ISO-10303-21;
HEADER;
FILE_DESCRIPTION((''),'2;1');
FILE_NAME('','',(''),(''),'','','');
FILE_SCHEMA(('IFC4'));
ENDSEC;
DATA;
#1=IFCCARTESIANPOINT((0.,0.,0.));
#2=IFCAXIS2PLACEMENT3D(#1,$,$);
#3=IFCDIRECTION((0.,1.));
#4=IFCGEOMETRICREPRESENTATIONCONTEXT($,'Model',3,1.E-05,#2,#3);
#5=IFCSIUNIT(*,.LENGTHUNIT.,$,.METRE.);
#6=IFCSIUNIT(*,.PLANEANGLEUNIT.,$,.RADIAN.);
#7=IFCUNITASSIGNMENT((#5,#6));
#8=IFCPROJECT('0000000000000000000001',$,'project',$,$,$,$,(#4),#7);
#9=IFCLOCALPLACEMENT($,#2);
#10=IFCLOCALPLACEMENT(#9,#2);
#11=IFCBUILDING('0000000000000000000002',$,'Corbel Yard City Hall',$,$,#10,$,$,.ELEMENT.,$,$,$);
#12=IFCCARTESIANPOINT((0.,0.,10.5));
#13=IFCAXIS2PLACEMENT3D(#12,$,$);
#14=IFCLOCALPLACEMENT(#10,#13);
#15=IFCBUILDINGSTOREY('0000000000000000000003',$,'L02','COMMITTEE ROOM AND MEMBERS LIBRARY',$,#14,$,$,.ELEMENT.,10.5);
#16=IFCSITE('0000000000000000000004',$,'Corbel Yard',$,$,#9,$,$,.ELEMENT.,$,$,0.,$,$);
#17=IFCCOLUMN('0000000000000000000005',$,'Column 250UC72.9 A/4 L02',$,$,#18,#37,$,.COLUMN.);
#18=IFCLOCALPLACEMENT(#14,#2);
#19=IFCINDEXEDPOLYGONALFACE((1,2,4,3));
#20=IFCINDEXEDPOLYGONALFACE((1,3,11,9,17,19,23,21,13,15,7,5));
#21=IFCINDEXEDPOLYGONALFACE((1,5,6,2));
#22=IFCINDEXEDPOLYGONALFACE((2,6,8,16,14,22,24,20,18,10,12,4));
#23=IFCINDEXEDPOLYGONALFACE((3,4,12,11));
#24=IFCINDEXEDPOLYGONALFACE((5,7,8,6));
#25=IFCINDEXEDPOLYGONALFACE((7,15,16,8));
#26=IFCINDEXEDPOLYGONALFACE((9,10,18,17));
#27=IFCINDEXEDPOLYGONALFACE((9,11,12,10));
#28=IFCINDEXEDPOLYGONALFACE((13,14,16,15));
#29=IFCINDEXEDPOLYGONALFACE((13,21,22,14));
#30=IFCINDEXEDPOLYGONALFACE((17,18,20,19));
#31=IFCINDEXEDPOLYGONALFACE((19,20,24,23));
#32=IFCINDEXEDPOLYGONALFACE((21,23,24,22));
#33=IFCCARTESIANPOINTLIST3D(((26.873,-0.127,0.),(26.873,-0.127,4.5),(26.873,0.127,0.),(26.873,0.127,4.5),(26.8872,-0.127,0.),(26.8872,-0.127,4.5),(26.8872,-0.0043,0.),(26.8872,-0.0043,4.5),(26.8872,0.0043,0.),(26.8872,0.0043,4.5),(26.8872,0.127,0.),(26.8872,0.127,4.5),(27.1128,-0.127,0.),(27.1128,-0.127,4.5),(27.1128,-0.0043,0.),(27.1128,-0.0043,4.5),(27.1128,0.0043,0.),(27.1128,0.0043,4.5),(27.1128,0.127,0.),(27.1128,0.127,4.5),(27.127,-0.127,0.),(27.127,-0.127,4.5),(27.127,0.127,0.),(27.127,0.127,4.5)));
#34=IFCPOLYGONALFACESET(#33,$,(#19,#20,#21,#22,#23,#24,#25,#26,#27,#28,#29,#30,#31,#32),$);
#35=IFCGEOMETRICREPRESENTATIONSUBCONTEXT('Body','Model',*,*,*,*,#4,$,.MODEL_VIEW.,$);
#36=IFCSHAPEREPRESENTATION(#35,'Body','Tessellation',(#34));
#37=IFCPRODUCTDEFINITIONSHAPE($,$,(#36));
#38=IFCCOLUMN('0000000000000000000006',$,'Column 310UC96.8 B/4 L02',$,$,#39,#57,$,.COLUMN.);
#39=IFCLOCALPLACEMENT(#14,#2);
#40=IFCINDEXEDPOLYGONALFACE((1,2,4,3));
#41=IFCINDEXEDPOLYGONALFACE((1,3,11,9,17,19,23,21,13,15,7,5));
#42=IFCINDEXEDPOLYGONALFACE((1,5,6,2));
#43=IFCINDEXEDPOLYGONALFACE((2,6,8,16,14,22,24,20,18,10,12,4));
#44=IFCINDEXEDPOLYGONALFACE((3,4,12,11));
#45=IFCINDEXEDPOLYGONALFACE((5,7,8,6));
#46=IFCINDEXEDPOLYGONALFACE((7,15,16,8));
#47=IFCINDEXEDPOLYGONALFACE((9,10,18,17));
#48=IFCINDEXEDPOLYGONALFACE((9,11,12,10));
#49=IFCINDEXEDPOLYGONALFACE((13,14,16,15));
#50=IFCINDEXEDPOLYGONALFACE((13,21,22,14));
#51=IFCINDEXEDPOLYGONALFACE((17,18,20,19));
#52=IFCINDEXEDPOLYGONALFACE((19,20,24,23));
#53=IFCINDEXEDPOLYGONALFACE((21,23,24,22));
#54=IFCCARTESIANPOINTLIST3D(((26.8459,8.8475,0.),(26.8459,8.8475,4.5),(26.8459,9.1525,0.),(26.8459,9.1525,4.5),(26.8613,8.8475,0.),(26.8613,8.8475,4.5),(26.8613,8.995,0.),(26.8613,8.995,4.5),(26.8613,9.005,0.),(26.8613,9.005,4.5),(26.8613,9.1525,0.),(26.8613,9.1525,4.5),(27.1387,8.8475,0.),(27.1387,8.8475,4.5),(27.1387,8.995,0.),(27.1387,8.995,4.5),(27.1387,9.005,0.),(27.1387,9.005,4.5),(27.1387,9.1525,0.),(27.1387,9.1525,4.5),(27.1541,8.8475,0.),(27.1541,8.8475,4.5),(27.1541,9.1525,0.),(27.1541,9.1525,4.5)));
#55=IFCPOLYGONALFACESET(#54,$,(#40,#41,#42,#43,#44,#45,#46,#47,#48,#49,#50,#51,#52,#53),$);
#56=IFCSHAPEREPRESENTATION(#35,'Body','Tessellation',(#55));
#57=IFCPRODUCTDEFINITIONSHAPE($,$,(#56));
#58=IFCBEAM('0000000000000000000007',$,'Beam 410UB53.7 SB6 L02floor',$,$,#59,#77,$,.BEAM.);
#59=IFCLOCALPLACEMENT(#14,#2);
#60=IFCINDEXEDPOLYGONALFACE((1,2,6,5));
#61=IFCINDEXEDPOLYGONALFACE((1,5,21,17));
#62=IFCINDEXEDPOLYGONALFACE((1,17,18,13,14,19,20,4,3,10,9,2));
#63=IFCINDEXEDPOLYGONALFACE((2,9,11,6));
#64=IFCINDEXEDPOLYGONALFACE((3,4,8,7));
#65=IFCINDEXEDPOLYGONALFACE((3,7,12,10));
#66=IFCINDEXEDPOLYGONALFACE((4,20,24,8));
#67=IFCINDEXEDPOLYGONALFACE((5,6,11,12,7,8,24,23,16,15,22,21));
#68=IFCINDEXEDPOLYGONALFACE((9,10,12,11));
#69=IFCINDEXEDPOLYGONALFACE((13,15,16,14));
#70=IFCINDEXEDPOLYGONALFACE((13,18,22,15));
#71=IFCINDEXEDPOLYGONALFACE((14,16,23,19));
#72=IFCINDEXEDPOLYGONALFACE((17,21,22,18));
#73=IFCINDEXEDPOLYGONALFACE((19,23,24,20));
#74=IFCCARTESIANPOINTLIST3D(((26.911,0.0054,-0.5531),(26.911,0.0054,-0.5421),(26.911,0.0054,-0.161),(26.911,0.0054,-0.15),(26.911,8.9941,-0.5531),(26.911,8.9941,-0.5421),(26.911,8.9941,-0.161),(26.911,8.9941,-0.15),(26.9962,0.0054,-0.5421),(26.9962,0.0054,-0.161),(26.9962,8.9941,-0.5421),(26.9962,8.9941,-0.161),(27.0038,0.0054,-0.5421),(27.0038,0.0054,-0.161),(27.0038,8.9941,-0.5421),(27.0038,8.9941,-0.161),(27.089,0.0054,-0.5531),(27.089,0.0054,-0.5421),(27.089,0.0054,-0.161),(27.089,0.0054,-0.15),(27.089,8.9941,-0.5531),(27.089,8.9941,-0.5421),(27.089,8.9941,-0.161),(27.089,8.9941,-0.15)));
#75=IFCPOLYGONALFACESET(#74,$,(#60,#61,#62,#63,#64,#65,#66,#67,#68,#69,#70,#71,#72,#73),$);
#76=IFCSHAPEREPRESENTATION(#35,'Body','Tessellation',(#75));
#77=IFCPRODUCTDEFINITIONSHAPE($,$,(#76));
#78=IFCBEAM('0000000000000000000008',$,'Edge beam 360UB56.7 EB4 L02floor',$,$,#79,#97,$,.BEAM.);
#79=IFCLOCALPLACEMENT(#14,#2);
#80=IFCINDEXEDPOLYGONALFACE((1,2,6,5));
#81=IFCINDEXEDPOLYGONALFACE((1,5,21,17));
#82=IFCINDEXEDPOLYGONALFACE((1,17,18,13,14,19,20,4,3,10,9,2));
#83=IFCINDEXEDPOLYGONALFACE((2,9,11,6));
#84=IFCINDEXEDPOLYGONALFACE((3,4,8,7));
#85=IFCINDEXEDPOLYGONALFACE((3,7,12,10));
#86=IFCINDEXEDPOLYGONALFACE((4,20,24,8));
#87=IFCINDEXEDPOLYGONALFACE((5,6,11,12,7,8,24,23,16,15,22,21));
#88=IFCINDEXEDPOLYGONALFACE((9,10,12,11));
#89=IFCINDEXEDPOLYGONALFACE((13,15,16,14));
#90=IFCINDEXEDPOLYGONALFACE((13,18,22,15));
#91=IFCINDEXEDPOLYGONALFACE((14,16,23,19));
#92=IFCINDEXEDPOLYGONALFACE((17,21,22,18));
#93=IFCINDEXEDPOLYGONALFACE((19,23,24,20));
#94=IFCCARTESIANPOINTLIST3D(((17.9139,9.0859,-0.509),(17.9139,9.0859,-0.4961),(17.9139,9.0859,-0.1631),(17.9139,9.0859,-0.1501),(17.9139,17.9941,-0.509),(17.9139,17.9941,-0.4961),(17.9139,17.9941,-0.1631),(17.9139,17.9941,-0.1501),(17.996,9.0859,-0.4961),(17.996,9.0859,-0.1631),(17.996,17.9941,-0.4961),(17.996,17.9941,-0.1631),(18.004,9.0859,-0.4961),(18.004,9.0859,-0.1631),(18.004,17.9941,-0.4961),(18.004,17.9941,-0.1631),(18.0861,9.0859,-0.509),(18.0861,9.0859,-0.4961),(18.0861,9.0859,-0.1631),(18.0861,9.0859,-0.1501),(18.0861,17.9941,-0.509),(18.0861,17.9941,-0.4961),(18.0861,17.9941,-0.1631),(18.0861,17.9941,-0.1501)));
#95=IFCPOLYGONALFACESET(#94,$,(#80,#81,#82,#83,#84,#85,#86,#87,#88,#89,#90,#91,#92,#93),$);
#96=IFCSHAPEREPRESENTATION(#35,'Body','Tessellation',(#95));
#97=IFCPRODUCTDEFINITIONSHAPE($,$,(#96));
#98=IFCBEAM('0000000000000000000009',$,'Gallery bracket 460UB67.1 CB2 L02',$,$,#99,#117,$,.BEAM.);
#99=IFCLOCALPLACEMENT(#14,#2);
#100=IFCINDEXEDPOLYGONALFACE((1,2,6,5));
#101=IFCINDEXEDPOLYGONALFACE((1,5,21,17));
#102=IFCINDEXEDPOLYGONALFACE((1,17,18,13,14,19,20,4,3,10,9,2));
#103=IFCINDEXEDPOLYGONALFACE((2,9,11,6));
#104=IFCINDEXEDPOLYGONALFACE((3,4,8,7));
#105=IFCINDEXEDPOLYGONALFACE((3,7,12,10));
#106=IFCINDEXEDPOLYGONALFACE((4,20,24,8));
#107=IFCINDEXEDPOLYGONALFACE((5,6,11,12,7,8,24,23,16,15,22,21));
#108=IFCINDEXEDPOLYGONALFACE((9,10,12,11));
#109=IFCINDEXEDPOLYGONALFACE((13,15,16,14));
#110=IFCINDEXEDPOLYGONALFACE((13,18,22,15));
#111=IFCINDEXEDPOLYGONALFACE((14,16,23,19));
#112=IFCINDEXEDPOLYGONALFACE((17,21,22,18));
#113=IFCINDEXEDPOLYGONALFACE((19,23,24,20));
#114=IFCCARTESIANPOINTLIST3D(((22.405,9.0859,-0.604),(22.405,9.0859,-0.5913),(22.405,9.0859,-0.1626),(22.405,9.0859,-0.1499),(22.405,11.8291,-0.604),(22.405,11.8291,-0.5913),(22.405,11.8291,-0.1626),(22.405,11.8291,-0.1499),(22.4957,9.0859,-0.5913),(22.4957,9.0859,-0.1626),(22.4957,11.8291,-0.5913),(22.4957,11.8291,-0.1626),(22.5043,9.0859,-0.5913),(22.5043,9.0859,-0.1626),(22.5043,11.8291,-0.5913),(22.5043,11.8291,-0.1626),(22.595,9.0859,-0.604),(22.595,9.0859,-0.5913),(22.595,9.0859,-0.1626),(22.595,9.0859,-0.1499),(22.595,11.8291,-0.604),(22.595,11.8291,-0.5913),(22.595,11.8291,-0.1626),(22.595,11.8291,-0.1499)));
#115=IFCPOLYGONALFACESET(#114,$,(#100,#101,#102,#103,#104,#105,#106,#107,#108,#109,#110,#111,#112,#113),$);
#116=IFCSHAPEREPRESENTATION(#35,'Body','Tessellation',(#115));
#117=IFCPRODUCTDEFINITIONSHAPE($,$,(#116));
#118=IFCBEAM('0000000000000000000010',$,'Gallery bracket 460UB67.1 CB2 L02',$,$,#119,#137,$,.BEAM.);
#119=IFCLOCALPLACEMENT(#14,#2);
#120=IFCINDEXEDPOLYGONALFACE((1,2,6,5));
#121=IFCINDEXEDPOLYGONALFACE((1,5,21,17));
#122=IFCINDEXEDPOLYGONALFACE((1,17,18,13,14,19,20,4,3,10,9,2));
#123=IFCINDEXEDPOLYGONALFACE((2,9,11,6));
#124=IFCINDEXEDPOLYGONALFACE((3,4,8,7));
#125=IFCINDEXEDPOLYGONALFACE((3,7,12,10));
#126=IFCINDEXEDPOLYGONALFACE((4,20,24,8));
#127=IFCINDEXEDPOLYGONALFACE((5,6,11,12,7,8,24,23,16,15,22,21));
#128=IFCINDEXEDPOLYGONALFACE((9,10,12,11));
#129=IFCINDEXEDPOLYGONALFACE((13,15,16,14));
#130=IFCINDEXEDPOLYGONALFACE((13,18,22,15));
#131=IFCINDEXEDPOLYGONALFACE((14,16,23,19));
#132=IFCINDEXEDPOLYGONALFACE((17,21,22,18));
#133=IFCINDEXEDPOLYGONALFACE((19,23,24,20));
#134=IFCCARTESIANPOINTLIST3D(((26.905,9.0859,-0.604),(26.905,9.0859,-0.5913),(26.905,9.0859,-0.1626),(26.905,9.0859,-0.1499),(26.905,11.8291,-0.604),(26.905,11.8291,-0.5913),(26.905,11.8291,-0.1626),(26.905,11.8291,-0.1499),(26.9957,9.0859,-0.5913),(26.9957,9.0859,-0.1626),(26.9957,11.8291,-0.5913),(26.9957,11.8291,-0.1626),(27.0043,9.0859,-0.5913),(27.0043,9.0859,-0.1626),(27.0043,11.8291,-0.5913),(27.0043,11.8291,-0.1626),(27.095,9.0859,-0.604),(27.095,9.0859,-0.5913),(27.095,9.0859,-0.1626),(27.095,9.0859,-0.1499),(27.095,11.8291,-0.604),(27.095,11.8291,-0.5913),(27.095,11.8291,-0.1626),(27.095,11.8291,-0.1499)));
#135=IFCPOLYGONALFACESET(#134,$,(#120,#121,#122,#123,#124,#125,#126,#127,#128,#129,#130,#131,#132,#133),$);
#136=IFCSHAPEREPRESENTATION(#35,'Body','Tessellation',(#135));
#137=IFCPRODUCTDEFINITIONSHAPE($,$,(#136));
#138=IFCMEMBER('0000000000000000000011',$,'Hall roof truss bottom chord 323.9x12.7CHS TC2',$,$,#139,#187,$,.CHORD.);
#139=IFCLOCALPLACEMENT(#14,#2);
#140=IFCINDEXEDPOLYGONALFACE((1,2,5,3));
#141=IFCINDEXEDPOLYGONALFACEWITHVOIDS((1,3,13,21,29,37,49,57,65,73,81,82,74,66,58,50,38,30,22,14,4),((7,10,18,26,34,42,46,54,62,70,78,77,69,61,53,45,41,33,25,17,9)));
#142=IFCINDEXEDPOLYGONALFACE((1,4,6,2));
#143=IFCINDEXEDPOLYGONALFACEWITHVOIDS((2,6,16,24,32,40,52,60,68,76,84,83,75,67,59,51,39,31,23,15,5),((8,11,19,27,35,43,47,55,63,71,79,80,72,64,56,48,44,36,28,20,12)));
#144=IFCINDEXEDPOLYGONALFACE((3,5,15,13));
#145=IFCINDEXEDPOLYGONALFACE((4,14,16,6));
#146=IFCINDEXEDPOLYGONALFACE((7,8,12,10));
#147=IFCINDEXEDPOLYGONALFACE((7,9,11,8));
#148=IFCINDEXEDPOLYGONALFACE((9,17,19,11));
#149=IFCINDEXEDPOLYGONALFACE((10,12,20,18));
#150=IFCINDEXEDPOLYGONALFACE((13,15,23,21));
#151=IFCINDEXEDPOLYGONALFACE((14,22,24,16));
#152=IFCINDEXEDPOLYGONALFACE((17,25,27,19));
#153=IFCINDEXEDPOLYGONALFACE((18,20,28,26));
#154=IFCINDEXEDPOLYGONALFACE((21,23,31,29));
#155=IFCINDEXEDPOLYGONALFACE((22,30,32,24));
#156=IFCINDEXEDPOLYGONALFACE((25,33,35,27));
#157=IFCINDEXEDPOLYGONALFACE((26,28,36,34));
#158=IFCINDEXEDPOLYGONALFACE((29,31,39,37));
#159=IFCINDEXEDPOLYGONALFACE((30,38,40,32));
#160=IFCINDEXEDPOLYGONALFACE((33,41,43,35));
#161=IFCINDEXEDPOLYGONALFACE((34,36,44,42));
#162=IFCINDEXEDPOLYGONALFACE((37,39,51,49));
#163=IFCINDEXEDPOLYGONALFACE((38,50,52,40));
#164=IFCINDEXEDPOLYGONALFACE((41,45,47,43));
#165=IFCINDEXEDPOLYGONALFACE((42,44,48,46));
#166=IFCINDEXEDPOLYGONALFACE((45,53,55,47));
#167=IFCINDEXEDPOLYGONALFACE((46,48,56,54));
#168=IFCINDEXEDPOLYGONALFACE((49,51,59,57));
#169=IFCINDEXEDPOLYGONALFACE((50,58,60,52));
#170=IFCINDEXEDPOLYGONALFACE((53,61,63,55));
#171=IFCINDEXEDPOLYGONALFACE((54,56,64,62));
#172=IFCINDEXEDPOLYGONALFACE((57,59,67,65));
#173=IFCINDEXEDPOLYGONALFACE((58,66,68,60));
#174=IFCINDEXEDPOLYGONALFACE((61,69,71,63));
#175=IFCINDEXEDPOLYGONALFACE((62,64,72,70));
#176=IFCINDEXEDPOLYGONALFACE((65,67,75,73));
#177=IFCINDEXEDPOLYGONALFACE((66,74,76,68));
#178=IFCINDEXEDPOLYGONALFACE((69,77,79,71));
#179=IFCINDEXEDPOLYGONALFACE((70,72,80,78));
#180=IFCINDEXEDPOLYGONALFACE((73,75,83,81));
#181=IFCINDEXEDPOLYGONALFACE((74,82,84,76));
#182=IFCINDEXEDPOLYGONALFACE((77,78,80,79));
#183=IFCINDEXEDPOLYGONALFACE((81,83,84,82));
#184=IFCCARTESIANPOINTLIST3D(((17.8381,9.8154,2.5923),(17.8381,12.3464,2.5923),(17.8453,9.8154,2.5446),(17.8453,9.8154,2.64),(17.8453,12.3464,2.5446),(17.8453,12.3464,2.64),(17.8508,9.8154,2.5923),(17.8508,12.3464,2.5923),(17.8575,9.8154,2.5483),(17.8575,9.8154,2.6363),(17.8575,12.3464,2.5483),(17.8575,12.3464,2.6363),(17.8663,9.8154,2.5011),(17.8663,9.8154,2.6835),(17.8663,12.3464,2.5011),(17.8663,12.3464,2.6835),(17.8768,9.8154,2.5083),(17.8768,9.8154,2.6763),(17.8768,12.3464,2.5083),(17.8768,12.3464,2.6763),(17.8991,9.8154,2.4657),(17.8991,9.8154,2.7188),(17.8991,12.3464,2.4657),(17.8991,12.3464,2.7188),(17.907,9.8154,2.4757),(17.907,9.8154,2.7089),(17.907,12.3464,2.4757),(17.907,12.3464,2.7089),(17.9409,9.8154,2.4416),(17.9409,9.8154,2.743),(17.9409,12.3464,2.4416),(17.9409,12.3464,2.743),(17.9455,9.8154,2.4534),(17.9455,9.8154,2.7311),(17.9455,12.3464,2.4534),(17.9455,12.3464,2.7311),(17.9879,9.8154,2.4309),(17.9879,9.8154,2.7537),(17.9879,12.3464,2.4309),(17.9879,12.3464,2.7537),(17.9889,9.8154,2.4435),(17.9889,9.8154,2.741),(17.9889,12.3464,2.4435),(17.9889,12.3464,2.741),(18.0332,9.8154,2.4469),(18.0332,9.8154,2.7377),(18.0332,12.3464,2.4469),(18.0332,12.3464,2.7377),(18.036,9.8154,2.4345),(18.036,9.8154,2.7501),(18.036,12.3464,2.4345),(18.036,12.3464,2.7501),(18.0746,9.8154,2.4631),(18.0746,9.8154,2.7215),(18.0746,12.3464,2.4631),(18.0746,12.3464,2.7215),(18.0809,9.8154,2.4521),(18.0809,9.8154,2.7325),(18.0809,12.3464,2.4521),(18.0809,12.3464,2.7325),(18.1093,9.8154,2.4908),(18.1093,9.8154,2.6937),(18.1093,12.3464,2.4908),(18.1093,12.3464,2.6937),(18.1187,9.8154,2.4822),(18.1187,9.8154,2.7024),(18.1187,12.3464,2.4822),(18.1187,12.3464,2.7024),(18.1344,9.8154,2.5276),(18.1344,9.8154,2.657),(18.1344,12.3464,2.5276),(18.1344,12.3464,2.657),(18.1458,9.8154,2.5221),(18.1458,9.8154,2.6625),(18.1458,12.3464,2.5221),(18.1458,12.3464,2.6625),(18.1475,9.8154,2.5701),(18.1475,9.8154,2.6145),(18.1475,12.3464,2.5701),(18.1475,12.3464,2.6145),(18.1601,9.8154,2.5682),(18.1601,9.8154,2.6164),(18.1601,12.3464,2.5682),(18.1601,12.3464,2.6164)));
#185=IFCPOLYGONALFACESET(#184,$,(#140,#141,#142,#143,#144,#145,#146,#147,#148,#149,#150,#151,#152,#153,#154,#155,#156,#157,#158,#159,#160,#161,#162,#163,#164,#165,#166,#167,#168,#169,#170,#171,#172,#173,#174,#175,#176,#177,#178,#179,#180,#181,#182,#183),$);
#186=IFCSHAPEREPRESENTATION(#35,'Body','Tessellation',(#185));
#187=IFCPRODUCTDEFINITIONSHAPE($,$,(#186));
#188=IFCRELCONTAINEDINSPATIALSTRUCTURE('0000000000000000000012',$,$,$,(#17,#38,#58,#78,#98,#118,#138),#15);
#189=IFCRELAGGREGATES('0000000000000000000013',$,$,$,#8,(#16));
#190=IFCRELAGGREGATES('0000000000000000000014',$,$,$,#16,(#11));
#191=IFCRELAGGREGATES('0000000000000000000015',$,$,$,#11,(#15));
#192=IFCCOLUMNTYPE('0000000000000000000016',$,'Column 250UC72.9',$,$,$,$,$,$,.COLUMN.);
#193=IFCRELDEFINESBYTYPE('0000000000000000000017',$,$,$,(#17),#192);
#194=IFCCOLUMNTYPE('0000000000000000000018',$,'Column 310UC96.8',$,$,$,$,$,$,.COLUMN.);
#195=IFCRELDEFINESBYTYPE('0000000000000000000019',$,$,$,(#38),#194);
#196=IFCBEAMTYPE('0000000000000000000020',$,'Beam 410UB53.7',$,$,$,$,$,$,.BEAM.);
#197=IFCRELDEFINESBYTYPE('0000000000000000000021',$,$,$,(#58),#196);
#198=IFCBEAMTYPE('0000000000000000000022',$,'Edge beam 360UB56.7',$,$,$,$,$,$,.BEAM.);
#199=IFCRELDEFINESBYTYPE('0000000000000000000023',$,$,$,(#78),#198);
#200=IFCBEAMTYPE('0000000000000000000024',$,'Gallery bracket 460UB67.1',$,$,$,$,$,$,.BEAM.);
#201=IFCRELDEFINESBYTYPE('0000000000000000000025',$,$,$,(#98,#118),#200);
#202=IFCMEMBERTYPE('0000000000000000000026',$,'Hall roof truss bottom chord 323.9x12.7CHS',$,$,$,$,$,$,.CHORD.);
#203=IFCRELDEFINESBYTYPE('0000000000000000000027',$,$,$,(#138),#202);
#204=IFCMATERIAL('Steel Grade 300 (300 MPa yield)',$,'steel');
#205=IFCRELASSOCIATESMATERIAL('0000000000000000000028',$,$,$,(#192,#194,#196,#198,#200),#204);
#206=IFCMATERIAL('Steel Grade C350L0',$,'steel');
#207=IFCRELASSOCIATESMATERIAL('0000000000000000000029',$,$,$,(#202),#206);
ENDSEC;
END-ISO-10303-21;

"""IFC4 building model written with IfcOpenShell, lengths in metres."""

from ifc_helpers import new_model, si_unit, direction, frame, origin, origin_2d, place, context, subcontext, project, spatial, hollow_circle, i_section, extrude, material, material_profile, profile_set, type_object, element, save


model = new_model("IFC4")

# Units and contexts
model_context = context("Model", 3, precision=1e-05, world=origin(), true_north=direction((0.0, 1.0)))
body_context = subcontext(model_context, "Body", "Model", "MODEL_VIEW")
ifc_project = project(units=[si_unit("LENGTHUNIT", "METRE"), si_unit("PLANEANGLEUNIT", "RADIAN")], contexts=[model_context])

# Site, building, storey
site_placement = place(None, origin())
site = spatial("IfcSite", under=ifc_project, at=site_placement, Name="Corbel Yard", CompositionType="ELEMENT", RefElevation=0.0)
building_placement = place(site_placement, origin())
building = spatial("IfcBuilding", under=site, at=building_placement, Name="Corbel Yard City Hall", CompositionType="ELEMENT")
storey_placement = place(building_placement, frame((0.0, 0.0, 10.5)))
storey = spatial("IfcBuildingStorey", under=building, at=storey_placement, Name="L02", Description="COMMITTEE ROOM AND MEMBERS LIBRARY", CompositionType="ELEMENT", Elevation=10.5)

# Columns
ifc_material_1 = material(Name="Steel Grade 300 (300 MPa yield)", Category="steel")
ifc_material_profile_1 = material_profile(ifc_material_1, i_section(OverallWidth=0.2539, OverallDepth=0.2539, WebThickness=0.0085, FlangeThickness=0.0142, at=origin_2d()), Name="250UC72.9")
ifc_profile_set_1 = profile_set([ifc_material_profile_1], Name="Steel Grade 300 (300 MPa yield)")
column_type_1 = type_object("IfcColumnType", Name="Column 250UC72.9", PredefinedType="COLUMN", material=ifc_profile_set_1)
column_1_placement = place(storey_placement, frame((27.0, 0.0, 0.0), z_axis=(0.0, 0.0, 1.0), x_axis=(0.0, 1.0, 0.0)))
element("IfcColumn", 1, at=column_1_placement, inside=storey, type_object=column_type_1, Name="Column 250UC72.9 A/4 L02", PredefinedType="COLUMN", context=body_context, shape_type="SweptSolid", body=[
    extrude(i_section(OverallWidth=0.2539, OverallDepth=0.2539, WebThickness=0.0085, FlangeThickness=0.0142, at=origin_2d()), origin(), (0.0, 0.0, 1.0), 4.5),
])
ifc_material_profile_2 = material_profile(ifc_material_1, i_section(OverallWidth=0.3049, OverallDepth=0.3081, WebThickness=0.01, FlangeThickness=0.0154, at=origin_2d()), Name="310UC96.8")
ifc_profile_set_2 = profile_set([ifc_material_profile_2], Name="Steel Grade 300 (300 MPa yield)")
column_type_2 = type_object("IfcColumnType", Name="Column 310UC96.8", PredefinedType="COLUMN", material=ifc_profile_set_2)
column_2_placement = place(storey_placement, frame((27.0, 9.0, 0.0), z_axis=(0.0, 0.0, 1.0), x_axis=(0.0, 1.0, 0.0)))
element("IfcColumn", 2, at=column_2_placement, inside=storey, type_object=column_type_2, Name="Column 310UC96.8 B/4 L02", PredefinedType="COLUMN", context=body_context, shape_type="SweptSolid", body=[
    extrude(i_section(OverallWidth=0.3049, OverallDepth=0.3081, WebThickness=0.01, FlangeThickness=0.0154, at=origin_2d()), origin(), (0.0, 0.0, 1.0), 4.5),
])

# Beams
ifc_material_profile_3 = material_profile(ifc_material_1, i_section(OverallWidth=0.178, OverallDepth=0.4031, WebThickness=0.0076, FlangeThickness=0.011, at=origin_2d()), Name="410UB53.7")
ifc_profile_set_3 = profile_set([ifc_material_profile_3], Name="Steel Grade 300 (300 MPa yield)")
beam_type_1 = type_object("IfcBeamType", Name="Beam 410UB53.7", PredefinedType="BEAM", material=ifc_profile_set_3)
beam_1_placement = place(storey_placement, frame((27.0, 0.0054, -0.3516), z_axis=(0.0, 1.0, 0.0), x_axis=(-1.0, 0.0, 0.0)))
element("IfcBeam", 3, at=beam_1_placement, inside=storey, type_object=beam_type_1, Name="Beam 410UB53.7 SB6 L02floor", PredefinedType="BEAM", context=body_context, shape_type="SweptSolid", body=[
    extrude(i_section(OverallWidth=0.178, OverallDepth=0.4031, WebThickness=0.0076, FlangeThickness=0.011, at=origin_2d()), origin(), (0.0, 0.0, 1.0), 8.9888),
])
ifc_material_profile_4 = material_profile(ifc_material_1, i_section(OverallWidth=0.1721, OverallDepth=0.3589, WebThickness=0.0081, FlangeThickness=0.0129, at=origin_2d()), Name="360UB56.7")
ifc_profile_set_4 = profile_set([ifc_material_profile_4], Name="Steel Grade 300 (300 MPa yield)")
beam_type_2 = type_object("IfcBeamType", Name="Edge beam 360UB56.7", PredefinedType="BEAM", material=ifc_profile_set_4)
beam_2_placement = place(storey_placement, frame((18.0, 9.0859, -0.3296), z_axis=(0.0, 1.0, 0.0), x_axis=(-1.0, 0.0, 0.0)))
element("IfcBeam", 4, at=beam_2_placement, inside=storey, type_object=beam_type_2, Name="Edge beam 360UB56.7 EB4 L02floor", PredefinedType="BEAM", context=body_context, shape_type="SweptSolid", body=[
    extrude(i_section(OverallWidth=0.1721, OverallDepth=0.3589, WebThickness=0.0081, FlangeThickness=0.0129, at=origin_2d()), origin(), (0.0, 0.0, 1.0), 8.9082),
])
ifc_material_profile_5 = material_profile(ifc_material_1, i_section(OverallWidth=0.1899, OverallDepth=0.4541, WebThickness=0.0085, FlangeThickness=0.0127, at=origin_2d()), Name="460UB67.1")
ifc_profile_set_5 = profile_set([ifc_material_profile_5], Name="Steel Grade 300 (300 MPa yield)")
beam_type_3 = type_object("IfcBeamType", Name="Gallery bracket 460UB67.1", PredefinedType="BEAM", material=ifc_profile_set_5)
for number, where, z_axis, x_axis, name in (
    (5, (22.5, 9.0859, -0.377), (0.0, 1.0, 0.0), (-1.0, 0.0, 0.0), "Gallery bracket 460UB67.1 CB2 L02"),
    (6, (27.0, 9.0859, -0.377), (0.0, 1.0, 0.0), (-1.0, 0.0, 0.0), "Gallery bracket 460UB67.1 CB2 L02"),
):
    element("IfcBeam", number, at=place(storey_placement, frame(where, z_axis=z_axis, x_axis=x_axis)), inside=storey, type_object=beam_type_3, Name=name, PredefinedType="BEAM", context=body_context, shape_type="SweptSolid", body=[
        extrude(i_section(OverallWidth=0.1899, OverallDepth=0.4541, WebThickness=0.0085, FlangeThickness=0.0127, at=origin_2d()), origin(), (0.0, 0.0, 1.0), 2.7432),
    ])

# Member
ifc_material_2 = material(Name="Steel Grade C350L0", Category="steel")
ifc_material_profile_6 = material_profile(ifc_material_2, hollow_circle(Radius=0.1619, WallThickness=0.0127, at=origin_2d()), Name="323.9x12.7CHS")
ifc_profile_set_6 = profile_set([ifc_material_profile_6], Name="Steel Grade C350L0")
member_type_1 = type_object("IfcMemberType", Name="Hall roof truss bottom chord 323.9x12.7CHS", PredefinedType="CHORD", material=ifc_profile_set_6)
member_1_placement = place(storey_placement, frame((18.0, 9.8154, 2.5923), z_axis=(0.0, 1.0, 0.0), x_axis=(-1.0, 0.0, 0.0)))
element("IfcMember", 7, at=member_1_placement, inside=storey, type_object=member_type_1, Name="Hall roof truss bottom chord 323.9x12.7CHS TC2", PredefinedType="CHORD", context=body_context, shape_type="SweptSolid", body=[
    extrude(hollow_circle(Radius=0.1619, WallThickness=0.0127, at=origin_2d()), origin(), (0.0, 0.0, 1.0), 2.531),
])

save(model, "model.ifc")
